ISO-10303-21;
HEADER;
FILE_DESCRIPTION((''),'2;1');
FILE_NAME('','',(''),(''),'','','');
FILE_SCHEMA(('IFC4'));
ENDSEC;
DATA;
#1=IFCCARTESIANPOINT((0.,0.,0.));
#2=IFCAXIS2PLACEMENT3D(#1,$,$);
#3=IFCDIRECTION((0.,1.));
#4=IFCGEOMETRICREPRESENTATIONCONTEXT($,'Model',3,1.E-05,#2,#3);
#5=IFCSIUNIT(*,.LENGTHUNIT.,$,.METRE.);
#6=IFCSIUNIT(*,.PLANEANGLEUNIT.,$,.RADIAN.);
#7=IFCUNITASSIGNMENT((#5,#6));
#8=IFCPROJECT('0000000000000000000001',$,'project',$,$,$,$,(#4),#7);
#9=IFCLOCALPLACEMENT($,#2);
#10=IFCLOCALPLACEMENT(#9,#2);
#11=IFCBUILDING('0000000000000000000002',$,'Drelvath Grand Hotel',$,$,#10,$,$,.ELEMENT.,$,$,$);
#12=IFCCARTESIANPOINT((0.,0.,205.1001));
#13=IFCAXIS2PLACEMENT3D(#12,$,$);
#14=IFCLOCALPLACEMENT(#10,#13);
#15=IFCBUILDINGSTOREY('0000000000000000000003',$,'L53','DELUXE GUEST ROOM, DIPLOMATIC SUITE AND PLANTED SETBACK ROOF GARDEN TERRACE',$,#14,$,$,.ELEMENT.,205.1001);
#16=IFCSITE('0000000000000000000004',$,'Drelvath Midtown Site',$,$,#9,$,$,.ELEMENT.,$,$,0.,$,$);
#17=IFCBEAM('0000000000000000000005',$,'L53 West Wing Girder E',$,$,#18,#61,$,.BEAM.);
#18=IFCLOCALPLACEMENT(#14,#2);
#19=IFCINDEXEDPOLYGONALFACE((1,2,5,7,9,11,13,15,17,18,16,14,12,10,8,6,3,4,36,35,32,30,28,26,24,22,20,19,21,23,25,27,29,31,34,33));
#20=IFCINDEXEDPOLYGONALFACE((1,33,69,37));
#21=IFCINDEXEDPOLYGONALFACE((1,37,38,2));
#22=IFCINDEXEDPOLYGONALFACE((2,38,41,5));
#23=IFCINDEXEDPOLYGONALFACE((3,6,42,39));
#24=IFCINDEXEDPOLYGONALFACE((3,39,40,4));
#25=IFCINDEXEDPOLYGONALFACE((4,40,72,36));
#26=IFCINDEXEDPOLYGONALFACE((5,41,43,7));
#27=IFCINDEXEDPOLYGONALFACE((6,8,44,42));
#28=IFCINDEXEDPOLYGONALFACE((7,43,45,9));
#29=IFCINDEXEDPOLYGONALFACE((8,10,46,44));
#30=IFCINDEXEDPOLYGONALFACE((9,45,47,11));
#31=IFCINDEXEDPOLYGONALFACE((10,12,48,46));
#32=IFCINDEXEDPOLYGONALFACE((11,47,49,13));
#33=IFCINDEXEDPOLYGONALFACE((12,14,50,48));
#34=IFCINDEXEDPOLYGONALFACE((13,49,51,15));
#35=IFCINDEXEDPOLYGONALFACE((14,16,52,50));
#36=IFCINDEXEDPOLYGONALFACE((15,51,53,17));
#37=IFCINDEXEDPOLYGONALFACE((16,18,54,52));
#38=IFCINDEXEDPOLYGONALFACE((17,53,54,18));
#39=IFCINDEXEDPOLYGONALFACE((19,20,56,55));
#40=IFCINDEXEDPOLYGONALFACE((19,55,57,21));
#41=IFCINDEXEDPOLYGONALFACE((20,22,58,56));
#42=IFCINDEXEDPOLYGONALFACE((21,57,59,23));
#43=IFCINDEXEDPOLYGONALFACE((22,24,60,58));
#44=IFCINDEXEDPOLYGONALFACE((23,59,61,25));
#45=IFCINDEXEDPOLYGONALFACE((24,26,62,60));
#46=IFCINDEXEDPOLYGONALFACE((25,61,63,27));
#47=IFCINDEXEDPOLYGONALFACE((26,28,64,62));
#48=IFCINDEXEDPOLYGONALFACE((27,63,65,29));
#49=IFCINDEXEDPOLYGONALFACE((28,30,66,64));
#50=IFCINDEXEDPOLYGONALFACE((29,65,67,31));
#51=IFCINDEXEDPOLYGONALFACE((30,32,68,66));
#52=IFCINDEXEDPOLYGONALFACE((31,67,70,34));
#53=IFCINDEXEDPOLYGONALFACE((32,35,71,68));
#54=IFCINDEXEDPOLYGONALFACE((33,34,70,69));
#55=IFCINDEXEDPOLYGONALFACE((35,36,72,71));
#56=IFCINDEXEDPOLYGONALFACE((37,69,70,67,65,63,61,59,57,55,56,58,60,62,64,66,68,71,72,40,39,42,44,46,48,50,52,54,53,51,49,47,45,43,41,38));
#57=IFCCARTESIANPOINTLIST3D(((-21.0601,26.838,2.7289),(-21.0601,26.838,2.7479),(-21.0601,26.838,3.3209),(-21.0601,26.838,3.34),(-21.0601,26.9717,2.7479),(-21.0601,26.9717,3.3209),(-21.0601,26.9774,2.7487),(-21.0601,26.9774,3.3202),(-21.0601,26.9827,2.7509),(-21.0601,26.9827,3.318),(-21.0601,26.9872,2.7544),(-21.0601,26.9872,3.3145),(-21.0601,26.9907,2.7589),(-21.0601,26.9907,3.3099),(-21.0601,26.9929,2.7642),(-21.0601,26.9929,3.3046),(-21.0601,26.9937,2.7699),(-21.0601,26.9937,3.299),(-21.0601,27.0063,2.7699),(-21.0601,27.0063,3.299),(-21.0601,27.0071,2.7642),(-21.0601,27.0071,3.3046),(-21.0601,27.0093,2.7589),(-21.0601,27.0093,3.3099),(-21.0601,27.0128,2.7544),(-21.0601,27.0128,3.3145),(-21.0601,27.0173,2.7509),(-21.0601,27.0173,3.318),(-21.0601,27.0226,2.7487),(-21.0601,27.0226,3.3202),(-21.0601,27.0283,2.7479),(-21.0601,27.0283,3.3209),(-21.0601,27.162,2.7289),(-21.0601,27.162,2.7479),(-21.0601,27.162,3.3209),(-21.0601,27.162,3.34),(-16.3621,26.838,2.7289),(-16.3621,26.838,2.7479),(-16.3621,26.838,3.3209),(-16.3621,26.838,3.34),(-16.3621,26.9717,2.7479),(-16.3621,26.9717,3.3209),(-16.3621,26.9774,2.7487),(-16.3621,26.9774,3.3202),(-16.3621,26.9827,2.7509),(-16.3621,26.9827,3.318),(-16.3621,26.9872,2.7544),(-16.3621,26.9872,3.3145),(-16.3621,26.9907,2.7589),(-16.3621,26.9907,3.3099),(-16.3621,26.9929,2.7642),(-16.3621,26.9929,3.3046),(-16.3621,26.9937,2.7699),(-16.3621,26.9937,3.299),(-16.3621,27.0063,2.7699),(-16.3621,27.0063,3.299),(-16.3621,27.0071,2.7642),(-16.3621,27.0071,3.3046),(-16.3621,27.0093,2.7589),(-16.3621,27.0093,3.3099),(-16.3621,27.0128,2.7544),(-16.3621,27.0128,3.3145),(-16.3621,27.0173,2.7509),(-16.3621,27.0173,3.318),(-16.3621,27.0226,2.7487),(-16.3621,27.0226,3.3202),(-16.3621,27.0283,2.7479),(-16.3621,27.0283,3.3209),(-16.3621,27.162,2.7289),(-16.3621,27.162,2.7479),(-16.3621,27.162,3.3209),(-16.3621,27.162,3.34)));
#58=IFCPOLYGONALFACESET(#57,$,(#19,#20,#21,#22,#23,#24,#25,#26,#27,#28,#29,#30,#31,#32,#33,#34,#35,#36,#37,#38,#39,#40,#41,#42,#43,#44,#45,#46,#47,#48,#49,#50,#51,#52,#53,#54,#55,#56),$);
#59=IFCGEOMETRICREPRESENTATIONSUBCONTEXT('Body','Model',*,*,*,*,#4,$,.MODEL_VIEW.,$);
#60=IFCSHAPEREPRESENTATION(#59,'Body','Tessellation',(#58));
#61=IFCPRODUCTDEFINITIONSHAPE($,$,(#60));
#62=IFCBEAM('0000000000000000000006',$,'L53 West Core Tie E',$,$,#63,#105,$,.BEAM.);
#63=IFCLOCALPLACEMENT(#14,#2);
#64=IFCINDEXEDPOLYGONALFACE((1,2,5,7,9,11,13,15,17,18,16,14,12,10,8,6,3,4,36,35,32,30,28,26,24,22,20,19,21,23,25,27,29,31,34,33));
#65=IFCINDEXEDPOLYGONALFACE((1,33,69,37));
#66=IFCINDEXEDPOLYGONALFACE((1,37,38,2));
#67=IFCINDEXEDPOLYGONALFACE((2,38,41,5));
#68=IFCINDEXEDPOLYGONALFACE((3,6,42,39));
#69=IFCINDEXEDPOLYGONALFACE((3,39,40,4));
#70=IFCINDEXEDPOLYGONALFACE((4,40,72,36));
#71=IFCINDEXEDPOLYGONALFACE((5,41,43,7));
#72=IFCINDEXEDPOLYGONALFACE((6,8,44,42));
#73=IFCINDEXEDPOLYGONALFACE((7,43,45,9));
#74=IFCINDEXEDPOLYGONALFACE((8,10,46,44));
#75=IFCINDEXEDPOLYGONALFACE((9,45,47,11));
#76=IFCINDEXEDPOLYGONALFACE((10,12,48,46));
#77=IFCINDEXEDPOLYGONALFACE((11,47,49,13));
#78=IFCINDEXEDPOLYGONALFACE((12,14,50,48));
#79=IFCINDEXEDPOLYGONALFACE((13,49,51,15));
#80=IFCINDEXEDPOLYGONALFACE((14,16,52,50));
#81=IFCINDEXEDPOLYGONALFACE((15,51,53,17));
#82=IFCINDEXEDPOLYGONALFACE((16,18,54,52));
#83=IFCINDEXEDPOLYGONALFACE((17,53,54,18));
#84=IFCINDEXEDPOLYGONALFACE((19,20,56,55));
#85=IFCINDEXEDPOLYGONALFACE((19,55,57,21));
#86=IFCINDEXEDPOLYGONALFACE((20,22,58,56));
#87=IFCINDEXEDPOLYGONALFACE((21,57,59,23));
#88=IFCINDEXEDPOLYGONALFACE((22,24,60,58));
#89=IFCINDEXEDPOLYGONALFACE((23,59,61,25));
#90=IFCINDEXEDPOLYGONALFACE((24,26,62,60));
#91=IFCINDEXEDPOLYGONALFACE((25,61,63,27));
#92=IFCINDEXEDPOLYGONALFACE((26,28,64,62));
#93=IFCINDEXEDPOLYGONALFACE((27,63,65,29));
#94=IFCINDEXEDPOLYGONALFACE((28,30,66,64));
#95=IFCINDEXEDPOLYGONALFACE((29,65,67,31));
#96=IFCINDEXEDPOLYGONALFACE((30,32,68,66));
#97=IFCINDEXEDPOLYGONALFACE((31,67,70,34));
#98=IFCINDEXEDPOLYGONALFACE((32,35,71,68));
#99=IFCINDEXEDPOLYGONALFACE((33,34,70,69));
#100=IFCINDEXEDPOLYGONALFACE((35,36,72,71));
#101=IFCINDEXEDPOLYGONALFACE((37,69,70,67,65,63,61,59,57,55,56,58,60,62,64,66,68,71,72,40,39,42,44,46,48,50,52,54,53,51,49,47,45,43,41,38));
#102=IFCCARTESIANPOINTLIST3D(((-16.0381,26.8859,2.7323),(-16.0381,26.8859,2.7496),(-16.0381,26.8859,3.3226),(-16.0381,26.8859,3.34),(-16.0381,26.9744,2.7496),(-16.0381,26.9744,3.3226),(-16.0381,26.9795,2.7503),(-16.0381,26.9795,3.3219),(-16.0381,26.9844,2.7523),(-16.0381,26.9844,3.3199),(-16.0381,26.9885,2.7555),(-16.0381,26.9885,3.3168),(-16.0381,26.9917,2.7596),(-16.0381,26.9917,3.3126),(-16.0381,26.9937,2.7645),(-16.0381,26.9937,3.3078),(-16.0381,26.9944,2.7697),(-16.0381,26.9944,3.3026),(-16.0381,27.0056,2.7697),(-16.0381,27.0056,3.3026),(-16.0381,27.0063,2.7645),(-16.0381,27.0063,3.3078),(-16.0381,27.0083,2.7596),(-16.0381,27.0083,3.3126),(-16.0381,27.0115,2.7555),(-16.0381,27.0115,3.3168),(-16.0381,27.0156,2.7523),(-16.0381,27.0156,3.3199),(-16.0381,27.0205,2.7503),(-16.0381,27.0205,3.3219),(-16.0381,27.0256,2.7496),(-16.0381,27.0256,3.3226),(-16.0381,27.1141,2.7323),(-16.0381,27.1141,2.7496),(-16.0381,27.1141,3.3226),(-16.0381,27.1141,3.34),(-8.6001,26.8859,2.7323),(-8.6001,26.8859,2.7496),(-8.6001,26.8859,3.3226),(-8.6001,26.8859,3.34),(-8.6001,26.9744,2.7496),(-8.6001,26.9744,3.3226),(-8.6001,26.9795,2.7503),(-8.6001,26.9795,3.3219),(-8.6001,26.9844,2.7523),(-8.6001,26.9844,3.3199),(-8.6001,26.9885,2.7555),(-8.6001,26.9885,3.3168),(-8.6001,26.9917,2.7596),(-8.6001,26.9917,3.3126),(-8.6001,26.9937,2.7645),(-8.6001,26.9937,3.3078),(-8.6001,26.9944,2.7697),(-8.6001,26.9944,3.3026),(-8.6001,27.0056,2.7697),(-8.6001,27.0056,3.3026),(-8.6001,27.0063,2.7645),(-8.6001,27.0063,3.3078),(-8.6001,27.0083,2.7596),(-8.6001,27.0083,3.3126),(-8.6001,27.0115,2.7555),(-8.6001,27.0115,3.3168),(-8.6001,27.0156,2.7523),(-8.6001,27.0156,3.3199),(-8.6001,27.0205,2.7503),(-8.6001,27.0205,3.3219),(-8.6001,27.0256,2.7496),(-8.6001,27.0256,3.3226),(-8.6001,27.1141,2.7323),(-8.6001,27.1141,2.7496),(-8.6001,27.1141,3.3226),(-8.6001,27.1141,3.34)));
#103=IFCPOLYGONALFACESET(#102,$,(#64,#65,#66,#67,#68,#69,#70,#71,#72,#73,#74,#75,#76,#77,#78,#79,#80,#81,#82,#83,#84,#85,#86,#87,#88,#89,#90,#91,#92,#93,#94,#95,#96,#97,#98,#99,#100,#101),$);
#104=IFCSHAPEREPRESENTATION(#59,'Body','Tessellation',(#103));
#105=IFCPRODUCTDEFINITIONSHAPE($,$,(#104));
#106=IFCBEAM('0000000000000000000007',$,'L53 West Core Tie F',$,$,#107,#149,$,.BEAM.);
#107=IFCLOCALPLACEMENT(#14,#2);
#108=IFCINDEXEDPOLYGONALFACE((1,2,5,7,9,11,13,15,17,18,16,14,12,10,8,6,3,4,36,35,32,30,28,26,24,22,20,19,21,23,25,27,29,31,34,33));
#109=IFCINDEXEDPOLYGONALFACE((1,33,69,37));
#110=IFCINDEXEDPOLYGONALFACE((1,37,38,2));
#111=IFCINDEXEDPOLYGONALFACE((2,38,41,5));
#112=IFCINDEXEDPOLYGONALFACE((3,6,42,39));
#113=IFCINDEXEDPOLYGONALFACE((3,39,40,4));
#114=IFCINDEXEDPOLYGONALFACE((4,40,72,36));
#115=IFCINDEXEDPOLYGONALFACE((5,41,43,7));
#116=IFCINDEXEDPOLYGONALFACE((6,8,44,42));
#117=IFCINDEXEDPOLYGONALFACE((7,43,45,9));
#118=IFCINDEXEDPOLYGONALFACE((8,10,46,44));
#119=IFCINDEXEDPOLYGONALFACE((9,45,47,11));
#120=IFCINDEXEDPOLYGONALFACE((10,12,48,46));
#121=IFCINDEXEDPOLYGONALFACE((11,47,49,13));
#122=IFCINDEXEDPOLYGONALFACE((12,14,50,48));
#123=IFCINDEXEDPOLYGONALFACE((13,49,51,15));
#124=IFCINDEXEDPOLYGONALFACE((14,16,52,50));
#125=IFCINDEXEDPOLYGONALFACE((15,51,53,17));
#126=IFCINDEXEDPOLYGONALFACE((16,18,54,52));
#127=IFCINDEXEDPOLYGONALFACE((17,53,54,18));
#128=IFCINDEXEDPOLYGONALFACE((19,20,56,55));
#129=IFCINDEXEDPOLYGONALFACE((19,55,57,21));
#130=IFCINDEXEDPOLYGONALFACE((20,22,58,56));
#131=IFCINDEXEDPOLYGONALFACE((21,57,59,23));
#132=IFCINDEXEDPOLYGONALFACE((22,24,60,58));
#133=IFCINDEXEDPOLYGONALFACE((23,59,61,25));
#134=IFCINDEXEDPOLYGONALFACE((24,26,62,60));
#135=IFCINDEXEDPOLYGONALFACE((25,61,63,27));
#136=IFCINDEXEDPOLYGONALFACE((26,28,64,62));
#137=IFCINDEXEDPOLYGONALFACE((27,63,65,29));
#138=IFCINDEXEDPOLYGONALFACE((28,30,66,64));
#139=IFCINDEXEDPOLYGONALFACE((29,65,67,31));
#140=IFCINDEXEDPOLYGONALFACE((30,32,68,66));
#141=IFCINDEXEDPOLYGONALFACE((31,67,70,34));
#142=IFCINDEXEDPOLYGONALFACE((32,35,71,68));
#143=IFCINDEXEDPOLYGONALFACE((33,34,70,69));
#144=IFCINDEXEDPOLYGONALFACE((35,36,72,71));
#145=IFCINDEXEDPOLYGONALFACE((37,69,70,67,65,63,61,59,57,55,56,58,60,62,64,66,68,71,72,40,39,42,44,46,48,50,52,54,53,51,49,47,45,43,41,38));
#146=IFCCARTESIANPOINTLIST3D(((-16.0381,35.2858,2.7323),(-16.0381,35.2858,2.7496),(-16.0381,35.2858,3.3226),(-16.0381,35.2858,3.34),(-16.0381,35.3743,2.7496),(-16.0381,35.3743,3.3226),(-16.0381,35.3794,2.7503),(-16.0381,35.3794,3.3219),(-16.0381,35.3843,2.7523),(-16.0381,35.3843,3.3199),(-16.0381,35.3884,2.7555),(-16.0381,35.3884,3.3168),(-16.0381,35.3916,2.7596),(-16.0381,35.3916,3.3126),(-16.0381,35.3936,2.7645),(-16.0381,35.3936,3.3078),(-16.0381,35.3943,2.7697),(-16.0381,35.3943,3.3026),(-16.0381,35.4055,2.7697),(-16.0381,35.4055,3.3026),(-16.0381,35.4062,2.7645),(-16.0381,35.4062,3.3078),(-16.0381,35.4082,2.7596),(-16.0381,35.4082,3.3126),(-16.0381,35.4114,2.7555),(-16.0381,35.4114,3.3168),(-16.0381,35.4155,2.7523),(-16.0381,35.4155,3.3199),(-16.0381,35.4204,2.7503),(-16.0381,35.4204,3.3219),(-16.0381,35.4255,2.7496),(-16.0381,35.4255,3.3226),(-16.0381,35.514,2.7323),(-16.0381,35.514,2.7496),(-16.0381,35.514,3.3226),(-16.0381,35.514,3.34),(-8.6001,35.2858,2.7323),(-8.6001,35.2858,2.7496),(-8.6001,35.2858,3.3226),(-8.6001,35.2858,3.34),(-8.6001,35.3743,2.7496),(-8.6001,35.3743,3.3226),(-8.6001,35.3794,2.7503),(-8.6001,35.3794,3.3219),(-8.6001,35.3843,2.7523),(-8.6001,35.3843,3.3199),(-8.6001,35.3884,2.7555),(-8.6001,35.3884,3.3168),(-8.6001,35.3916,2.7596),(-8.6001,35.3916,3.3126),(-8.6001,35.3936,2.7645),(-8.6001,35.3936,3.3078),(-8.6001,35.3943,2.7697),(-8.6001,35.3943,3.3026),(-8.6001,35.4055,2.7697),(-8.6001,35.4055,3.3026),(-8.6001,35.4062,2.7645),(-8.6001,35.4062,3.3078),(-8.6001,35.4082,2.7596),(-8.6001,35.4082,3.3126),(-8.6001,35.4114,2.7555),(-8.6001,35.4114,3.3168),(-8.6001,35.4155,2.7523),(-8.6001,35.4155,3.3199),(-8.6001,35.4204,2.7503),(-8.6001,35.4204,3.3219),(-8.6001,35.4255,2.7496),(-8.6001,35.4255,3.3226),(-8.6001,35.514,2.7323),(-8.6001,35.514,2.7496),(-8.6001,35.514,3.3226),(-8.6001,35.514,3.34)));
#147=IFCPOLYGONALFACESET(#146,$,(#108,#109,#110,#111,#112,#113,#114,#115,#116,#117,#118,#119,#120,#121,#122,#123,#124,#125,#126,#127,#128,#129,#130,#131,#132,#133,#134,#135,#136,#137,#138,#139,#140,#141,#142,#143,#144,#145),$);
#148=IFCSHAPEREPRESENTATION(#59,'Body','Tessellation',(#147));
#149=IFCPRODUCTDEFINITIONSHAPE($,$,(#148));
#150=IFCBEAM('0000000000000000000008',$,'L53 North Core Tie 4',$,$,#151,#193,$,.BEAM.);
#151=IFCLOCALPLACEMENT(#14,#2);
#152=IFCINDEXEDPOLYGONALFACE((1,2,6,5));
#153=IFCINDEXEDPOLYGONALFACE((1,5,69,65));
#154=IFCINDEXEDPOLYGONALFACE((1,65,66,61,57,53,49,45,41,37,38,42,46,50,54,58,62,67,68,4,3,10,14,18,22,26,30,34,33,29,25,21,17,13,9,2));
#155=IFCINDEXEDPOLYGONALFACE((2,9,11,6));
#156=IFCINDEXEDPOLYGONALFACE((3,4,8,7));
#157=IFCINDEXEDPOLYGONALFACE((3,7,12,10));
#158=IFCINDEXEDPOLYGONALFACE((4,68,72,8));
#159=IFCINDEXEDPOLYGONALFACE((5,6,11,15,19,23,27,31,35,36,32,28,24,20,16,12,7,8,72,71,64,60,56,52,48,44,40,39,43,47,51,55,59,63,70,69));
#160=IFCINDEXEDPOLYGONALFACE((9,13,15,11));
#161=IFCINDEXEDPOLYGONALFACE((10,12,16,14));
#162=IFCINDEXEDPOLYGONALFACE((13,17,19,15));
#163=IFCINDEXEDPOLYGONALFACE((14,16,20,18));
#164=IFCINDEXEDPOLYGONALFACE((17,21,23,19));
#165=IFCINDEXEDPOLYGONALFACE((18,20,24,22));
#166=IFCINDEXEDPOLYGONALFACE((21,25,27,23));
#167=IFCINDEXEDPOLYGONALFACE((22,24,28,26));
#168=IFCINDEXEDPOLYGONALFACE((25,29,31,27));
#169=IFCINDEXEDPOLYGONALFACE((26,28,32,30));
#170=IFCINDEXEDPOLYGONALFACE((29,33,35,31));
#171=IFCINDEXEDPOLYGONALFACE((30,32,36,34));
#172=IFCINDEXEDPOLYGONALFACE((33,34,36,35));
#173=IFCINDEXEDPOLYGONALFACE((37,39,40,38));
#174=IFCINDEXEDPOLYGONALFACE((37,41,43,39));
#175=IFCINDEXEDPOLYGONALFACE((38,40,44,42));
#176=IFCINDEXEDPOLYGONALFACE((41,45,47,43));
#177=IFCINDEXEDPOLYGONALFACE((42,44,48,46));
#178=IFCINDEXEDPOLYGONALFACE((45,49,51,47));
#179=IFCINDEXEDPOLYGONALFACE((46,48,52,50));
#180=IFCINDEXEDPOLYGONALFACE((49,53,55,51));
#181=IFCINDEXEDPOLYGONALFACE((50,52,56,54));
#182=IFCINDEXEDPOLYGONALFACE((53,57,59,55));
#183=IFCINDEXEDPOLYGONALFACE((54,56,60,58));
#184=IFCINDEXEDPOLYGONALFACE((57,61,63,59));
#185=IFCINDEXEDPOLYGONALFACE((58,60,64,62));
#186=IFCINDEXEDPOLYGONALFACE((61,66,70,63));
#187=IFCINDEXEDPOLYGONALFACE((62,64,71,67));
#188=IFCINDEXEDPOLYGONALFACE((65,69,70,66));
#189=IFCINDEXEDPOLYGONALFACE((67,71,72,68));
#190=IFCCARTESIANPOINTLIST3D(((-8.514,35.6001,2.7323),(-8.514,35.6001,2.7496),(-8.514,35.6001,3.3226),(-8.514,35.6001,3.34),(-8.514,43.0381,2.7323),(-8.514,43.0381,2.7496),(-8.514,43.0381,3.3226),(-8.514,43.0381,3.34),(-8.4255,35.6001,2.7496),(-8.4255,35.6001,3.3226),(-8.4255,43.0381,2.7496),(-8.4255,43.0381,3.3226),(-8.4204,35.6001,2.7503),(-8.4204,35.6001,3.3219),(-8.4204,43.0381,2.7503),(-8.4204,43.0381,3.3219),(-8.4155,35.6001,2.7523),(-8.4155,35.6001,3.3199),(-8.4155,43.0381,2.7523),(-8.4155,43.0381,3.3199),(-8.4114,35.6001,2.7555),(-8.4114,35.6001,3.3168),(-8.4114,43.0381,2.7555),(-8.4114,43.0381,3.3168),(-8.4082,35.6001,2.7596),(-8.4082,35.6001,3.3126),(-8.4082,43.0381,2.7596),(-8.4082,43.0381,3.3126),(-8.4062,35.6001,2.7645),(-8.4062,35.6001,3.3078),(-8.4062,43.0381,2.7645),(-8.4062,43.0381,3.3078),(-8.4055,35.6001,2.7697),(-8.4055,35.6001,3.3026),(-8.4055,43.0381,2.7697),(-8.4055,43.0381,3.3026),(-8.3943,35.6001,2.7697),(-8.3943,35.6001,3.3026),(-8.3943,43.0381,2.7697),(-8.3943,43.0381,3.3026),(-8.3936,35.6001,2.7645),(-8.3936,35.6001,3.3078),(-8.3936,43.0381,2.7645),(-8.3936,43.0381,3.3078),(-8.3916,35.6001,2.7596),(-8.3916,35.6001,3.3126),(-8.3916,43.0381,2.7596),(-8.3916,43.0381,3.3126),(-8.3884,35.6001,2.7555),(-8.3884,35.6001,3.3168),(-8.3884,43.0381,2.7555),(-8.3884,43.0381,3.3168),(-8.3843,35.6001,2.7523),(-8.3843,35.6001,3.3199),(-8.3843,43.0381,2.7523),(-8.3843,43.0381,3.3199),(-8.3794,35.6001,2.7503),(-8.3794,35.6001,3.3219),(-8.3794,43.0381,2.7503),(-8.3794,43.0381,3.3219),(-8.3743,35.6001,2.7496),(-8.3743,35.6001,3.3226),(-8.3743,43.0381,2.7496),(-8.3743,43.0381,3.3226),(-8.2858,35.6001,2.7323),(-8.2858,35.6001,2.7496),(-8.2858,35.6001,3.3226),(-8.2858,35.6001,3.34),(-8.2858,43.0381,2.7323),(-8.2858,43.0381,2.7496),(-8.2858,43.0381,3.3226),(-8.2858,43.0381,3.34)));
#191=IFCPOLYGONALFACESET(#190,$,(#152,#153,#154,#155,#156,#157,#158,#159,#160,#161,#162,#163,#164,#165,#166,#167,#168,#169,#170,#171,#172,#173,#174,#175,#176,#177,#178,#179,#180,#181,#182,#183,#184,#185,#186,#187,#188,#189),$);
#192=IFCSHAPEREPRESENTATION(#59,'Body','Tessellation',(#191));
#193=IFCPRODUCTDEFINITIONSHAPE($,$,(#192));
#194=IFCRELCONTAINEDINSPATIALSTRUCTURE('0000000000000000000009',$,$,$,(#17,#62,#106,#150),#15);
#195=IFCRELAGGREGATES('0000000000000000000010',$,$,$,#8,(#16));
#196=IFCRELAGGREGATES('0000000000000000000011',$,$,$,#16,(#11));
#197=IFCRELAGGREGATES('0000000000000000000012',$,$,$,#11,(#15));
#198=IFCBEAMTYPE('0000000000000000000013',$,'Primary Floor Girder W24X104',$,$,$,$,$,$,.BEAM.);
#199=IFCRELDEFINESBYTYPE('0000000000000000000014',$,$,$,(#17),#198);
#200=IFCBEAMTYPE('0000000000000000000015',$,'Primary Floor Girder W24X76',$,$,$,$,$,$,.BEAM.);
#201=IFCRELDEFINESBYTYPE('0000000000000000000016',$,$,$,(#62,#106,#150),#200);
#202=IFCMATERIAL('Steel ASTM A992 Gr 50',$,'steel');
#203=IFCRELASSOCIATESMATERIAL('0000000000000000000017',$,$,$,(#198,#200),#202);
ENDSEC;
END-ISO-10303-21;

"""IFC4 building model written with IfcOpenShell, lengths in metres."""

from ifc_helpers import new_model, si_unit, direction, frame, origin, origin_2d, place, context, subcontext, project, spatial, i_section, extrude, material, material_profile, profile_set, type_object, element, save


model = new_model("IFC4")

# Units and contexts
model_context = context("Model", 3, precision=1e-05, world=origin(), true_north=direction((0.0, 1.0)))
body_context = subcontext(model_context, "Body", "Model", "MODEL_VIEW")
ifc_project = project(units=[si_unit("LENGTHUNIT", "METRE"), si_unit("PLANEANGLEUNIT", "RADIAN")], contexts=[model_context])

# Site, building, storey
site_placement = place(None, origin())
site = spatial("IfcSite", under=ifc_project, at=site_placement, Name="Drelvath Midtown Site", CompositionType="ELEMENT", RefElevation=0.0)
building_placement = place(site_placement, origin())
building = spatial("IfcBuilding", under=site, at=building_placement, Name="Drelvath Grand Hotel", CompositionType="ELEMENT")
storey_placement = place(building_placement, frame((0.0, 0.0, 205.1001)))
storey = spatial("IfcBuildingStorey", under=building, at=storey_placement, Name="L53", Description="DELUXE GUEST ROOM, DIPLOMATIC SUITE AND PLANTED SETBACK ROOF GARDEN TERRACE", CompositionType="ELEMENT", Elevation=205.1001)

# Beams
ifc_material_1 = material(Name="Steel ASTM A992 Gr 50", Category="steel")
ifc_material_profile_1 = material_profile(ifc_material_1, i_section(OverallWidth=0.324, OverallDepth=0.6111, WebThickness=0.0127, FlangeThickness=0.019, FilletRadius=0.022, at=origin_2d()), Name="W24X104")
ifc_profile_set_1 = profile_set([ifc_material_profile_1], Name="Steel ASTM A992 Gr 50")
beam_type_1 = type_object("IfcBeamType", Name="Primary Floor Girder W24X104", PredefinedType="BEAM", material=ifc_profile_set_1)
beam_placement = place(storey_placement, frame((-21.0601, 27.0, 3.0344), z_axis=(1.0, 0.0, 0.0), x_axis=(0.0, 1.0, 0.0)))
element("IfcBeam", 1, at=beam_placement, inside=storey, type_object=beam_type_1, Name="L53 West Wing Girder E", PredefinedType="BEAM", context=body_context, shape_type="SweptSolid", body=[
    extrude(i_section(OverallWidth=0.324, OverallDepth=0.6111, WebThickness=0.0127, FlangeThickness=0.019, FilletRadius=0.022, at=origin_2d()), origin(), (0.0, 0.0, 1.0), 4.698),
])
ifc_material_profile_2 = material_profile(ifc_material_1, i_section(OverallWidth=0.2283, OverallDepth=0.6077, WebThickness=0.0112, FlangeThickness=0.0173, FilletRadius=0.02, at=origin_2d()), Name="W24X76")
ifc_profile_set_2 = profile_set([ifc_material_profile_2], Name="Steel ASTM A992 Gr 50")
beam_type_2 = type_object("IfcBeamType", Name="Primary Floor Girder W24X76", PredefinedType="BEAM", material=ifc_profile_set_2)
for number, where, z_axis, x_axis, name in (
    (2, (-16.0381, 27.0, 3.0361), (1.0, 0.0, 0.0), (0.0, 1.0, 0.0), "L53 West Core Tie E"),
    (3, (-16.0381, 35.3999, 3.0361), (1.0, 0.0, 0.0), (0.0, 1.0, 0.0), "L53 West Core Tie F"),
    (4, (-8.3999, 35.6001, 3.0361), (0.0, 1.0, 0.0), (-1.0, 0.0, 0.0), "L53 North Core Tie 4"),
):
    element("IfcBeam", number, at=place(storey_placement, frame(where, z_axis=z_axis, x_axis=x_axis)), inside=storey, type_object=beam_type_2, Name=name, PredefinedType="BEAM", context=body_context, shape_type="SweptSolid", body=[
        extrude(i_section(OverallWidth=0.2283, OverallDepth=0.6077, WebThickness=0.0112, FlangeThickness=0.0173, FilletRadius=0.02, at=origin_2d()), origin(), (0.0, 0.0, 1.0), 7.438),
    ])

save(model, "model.ifc")
